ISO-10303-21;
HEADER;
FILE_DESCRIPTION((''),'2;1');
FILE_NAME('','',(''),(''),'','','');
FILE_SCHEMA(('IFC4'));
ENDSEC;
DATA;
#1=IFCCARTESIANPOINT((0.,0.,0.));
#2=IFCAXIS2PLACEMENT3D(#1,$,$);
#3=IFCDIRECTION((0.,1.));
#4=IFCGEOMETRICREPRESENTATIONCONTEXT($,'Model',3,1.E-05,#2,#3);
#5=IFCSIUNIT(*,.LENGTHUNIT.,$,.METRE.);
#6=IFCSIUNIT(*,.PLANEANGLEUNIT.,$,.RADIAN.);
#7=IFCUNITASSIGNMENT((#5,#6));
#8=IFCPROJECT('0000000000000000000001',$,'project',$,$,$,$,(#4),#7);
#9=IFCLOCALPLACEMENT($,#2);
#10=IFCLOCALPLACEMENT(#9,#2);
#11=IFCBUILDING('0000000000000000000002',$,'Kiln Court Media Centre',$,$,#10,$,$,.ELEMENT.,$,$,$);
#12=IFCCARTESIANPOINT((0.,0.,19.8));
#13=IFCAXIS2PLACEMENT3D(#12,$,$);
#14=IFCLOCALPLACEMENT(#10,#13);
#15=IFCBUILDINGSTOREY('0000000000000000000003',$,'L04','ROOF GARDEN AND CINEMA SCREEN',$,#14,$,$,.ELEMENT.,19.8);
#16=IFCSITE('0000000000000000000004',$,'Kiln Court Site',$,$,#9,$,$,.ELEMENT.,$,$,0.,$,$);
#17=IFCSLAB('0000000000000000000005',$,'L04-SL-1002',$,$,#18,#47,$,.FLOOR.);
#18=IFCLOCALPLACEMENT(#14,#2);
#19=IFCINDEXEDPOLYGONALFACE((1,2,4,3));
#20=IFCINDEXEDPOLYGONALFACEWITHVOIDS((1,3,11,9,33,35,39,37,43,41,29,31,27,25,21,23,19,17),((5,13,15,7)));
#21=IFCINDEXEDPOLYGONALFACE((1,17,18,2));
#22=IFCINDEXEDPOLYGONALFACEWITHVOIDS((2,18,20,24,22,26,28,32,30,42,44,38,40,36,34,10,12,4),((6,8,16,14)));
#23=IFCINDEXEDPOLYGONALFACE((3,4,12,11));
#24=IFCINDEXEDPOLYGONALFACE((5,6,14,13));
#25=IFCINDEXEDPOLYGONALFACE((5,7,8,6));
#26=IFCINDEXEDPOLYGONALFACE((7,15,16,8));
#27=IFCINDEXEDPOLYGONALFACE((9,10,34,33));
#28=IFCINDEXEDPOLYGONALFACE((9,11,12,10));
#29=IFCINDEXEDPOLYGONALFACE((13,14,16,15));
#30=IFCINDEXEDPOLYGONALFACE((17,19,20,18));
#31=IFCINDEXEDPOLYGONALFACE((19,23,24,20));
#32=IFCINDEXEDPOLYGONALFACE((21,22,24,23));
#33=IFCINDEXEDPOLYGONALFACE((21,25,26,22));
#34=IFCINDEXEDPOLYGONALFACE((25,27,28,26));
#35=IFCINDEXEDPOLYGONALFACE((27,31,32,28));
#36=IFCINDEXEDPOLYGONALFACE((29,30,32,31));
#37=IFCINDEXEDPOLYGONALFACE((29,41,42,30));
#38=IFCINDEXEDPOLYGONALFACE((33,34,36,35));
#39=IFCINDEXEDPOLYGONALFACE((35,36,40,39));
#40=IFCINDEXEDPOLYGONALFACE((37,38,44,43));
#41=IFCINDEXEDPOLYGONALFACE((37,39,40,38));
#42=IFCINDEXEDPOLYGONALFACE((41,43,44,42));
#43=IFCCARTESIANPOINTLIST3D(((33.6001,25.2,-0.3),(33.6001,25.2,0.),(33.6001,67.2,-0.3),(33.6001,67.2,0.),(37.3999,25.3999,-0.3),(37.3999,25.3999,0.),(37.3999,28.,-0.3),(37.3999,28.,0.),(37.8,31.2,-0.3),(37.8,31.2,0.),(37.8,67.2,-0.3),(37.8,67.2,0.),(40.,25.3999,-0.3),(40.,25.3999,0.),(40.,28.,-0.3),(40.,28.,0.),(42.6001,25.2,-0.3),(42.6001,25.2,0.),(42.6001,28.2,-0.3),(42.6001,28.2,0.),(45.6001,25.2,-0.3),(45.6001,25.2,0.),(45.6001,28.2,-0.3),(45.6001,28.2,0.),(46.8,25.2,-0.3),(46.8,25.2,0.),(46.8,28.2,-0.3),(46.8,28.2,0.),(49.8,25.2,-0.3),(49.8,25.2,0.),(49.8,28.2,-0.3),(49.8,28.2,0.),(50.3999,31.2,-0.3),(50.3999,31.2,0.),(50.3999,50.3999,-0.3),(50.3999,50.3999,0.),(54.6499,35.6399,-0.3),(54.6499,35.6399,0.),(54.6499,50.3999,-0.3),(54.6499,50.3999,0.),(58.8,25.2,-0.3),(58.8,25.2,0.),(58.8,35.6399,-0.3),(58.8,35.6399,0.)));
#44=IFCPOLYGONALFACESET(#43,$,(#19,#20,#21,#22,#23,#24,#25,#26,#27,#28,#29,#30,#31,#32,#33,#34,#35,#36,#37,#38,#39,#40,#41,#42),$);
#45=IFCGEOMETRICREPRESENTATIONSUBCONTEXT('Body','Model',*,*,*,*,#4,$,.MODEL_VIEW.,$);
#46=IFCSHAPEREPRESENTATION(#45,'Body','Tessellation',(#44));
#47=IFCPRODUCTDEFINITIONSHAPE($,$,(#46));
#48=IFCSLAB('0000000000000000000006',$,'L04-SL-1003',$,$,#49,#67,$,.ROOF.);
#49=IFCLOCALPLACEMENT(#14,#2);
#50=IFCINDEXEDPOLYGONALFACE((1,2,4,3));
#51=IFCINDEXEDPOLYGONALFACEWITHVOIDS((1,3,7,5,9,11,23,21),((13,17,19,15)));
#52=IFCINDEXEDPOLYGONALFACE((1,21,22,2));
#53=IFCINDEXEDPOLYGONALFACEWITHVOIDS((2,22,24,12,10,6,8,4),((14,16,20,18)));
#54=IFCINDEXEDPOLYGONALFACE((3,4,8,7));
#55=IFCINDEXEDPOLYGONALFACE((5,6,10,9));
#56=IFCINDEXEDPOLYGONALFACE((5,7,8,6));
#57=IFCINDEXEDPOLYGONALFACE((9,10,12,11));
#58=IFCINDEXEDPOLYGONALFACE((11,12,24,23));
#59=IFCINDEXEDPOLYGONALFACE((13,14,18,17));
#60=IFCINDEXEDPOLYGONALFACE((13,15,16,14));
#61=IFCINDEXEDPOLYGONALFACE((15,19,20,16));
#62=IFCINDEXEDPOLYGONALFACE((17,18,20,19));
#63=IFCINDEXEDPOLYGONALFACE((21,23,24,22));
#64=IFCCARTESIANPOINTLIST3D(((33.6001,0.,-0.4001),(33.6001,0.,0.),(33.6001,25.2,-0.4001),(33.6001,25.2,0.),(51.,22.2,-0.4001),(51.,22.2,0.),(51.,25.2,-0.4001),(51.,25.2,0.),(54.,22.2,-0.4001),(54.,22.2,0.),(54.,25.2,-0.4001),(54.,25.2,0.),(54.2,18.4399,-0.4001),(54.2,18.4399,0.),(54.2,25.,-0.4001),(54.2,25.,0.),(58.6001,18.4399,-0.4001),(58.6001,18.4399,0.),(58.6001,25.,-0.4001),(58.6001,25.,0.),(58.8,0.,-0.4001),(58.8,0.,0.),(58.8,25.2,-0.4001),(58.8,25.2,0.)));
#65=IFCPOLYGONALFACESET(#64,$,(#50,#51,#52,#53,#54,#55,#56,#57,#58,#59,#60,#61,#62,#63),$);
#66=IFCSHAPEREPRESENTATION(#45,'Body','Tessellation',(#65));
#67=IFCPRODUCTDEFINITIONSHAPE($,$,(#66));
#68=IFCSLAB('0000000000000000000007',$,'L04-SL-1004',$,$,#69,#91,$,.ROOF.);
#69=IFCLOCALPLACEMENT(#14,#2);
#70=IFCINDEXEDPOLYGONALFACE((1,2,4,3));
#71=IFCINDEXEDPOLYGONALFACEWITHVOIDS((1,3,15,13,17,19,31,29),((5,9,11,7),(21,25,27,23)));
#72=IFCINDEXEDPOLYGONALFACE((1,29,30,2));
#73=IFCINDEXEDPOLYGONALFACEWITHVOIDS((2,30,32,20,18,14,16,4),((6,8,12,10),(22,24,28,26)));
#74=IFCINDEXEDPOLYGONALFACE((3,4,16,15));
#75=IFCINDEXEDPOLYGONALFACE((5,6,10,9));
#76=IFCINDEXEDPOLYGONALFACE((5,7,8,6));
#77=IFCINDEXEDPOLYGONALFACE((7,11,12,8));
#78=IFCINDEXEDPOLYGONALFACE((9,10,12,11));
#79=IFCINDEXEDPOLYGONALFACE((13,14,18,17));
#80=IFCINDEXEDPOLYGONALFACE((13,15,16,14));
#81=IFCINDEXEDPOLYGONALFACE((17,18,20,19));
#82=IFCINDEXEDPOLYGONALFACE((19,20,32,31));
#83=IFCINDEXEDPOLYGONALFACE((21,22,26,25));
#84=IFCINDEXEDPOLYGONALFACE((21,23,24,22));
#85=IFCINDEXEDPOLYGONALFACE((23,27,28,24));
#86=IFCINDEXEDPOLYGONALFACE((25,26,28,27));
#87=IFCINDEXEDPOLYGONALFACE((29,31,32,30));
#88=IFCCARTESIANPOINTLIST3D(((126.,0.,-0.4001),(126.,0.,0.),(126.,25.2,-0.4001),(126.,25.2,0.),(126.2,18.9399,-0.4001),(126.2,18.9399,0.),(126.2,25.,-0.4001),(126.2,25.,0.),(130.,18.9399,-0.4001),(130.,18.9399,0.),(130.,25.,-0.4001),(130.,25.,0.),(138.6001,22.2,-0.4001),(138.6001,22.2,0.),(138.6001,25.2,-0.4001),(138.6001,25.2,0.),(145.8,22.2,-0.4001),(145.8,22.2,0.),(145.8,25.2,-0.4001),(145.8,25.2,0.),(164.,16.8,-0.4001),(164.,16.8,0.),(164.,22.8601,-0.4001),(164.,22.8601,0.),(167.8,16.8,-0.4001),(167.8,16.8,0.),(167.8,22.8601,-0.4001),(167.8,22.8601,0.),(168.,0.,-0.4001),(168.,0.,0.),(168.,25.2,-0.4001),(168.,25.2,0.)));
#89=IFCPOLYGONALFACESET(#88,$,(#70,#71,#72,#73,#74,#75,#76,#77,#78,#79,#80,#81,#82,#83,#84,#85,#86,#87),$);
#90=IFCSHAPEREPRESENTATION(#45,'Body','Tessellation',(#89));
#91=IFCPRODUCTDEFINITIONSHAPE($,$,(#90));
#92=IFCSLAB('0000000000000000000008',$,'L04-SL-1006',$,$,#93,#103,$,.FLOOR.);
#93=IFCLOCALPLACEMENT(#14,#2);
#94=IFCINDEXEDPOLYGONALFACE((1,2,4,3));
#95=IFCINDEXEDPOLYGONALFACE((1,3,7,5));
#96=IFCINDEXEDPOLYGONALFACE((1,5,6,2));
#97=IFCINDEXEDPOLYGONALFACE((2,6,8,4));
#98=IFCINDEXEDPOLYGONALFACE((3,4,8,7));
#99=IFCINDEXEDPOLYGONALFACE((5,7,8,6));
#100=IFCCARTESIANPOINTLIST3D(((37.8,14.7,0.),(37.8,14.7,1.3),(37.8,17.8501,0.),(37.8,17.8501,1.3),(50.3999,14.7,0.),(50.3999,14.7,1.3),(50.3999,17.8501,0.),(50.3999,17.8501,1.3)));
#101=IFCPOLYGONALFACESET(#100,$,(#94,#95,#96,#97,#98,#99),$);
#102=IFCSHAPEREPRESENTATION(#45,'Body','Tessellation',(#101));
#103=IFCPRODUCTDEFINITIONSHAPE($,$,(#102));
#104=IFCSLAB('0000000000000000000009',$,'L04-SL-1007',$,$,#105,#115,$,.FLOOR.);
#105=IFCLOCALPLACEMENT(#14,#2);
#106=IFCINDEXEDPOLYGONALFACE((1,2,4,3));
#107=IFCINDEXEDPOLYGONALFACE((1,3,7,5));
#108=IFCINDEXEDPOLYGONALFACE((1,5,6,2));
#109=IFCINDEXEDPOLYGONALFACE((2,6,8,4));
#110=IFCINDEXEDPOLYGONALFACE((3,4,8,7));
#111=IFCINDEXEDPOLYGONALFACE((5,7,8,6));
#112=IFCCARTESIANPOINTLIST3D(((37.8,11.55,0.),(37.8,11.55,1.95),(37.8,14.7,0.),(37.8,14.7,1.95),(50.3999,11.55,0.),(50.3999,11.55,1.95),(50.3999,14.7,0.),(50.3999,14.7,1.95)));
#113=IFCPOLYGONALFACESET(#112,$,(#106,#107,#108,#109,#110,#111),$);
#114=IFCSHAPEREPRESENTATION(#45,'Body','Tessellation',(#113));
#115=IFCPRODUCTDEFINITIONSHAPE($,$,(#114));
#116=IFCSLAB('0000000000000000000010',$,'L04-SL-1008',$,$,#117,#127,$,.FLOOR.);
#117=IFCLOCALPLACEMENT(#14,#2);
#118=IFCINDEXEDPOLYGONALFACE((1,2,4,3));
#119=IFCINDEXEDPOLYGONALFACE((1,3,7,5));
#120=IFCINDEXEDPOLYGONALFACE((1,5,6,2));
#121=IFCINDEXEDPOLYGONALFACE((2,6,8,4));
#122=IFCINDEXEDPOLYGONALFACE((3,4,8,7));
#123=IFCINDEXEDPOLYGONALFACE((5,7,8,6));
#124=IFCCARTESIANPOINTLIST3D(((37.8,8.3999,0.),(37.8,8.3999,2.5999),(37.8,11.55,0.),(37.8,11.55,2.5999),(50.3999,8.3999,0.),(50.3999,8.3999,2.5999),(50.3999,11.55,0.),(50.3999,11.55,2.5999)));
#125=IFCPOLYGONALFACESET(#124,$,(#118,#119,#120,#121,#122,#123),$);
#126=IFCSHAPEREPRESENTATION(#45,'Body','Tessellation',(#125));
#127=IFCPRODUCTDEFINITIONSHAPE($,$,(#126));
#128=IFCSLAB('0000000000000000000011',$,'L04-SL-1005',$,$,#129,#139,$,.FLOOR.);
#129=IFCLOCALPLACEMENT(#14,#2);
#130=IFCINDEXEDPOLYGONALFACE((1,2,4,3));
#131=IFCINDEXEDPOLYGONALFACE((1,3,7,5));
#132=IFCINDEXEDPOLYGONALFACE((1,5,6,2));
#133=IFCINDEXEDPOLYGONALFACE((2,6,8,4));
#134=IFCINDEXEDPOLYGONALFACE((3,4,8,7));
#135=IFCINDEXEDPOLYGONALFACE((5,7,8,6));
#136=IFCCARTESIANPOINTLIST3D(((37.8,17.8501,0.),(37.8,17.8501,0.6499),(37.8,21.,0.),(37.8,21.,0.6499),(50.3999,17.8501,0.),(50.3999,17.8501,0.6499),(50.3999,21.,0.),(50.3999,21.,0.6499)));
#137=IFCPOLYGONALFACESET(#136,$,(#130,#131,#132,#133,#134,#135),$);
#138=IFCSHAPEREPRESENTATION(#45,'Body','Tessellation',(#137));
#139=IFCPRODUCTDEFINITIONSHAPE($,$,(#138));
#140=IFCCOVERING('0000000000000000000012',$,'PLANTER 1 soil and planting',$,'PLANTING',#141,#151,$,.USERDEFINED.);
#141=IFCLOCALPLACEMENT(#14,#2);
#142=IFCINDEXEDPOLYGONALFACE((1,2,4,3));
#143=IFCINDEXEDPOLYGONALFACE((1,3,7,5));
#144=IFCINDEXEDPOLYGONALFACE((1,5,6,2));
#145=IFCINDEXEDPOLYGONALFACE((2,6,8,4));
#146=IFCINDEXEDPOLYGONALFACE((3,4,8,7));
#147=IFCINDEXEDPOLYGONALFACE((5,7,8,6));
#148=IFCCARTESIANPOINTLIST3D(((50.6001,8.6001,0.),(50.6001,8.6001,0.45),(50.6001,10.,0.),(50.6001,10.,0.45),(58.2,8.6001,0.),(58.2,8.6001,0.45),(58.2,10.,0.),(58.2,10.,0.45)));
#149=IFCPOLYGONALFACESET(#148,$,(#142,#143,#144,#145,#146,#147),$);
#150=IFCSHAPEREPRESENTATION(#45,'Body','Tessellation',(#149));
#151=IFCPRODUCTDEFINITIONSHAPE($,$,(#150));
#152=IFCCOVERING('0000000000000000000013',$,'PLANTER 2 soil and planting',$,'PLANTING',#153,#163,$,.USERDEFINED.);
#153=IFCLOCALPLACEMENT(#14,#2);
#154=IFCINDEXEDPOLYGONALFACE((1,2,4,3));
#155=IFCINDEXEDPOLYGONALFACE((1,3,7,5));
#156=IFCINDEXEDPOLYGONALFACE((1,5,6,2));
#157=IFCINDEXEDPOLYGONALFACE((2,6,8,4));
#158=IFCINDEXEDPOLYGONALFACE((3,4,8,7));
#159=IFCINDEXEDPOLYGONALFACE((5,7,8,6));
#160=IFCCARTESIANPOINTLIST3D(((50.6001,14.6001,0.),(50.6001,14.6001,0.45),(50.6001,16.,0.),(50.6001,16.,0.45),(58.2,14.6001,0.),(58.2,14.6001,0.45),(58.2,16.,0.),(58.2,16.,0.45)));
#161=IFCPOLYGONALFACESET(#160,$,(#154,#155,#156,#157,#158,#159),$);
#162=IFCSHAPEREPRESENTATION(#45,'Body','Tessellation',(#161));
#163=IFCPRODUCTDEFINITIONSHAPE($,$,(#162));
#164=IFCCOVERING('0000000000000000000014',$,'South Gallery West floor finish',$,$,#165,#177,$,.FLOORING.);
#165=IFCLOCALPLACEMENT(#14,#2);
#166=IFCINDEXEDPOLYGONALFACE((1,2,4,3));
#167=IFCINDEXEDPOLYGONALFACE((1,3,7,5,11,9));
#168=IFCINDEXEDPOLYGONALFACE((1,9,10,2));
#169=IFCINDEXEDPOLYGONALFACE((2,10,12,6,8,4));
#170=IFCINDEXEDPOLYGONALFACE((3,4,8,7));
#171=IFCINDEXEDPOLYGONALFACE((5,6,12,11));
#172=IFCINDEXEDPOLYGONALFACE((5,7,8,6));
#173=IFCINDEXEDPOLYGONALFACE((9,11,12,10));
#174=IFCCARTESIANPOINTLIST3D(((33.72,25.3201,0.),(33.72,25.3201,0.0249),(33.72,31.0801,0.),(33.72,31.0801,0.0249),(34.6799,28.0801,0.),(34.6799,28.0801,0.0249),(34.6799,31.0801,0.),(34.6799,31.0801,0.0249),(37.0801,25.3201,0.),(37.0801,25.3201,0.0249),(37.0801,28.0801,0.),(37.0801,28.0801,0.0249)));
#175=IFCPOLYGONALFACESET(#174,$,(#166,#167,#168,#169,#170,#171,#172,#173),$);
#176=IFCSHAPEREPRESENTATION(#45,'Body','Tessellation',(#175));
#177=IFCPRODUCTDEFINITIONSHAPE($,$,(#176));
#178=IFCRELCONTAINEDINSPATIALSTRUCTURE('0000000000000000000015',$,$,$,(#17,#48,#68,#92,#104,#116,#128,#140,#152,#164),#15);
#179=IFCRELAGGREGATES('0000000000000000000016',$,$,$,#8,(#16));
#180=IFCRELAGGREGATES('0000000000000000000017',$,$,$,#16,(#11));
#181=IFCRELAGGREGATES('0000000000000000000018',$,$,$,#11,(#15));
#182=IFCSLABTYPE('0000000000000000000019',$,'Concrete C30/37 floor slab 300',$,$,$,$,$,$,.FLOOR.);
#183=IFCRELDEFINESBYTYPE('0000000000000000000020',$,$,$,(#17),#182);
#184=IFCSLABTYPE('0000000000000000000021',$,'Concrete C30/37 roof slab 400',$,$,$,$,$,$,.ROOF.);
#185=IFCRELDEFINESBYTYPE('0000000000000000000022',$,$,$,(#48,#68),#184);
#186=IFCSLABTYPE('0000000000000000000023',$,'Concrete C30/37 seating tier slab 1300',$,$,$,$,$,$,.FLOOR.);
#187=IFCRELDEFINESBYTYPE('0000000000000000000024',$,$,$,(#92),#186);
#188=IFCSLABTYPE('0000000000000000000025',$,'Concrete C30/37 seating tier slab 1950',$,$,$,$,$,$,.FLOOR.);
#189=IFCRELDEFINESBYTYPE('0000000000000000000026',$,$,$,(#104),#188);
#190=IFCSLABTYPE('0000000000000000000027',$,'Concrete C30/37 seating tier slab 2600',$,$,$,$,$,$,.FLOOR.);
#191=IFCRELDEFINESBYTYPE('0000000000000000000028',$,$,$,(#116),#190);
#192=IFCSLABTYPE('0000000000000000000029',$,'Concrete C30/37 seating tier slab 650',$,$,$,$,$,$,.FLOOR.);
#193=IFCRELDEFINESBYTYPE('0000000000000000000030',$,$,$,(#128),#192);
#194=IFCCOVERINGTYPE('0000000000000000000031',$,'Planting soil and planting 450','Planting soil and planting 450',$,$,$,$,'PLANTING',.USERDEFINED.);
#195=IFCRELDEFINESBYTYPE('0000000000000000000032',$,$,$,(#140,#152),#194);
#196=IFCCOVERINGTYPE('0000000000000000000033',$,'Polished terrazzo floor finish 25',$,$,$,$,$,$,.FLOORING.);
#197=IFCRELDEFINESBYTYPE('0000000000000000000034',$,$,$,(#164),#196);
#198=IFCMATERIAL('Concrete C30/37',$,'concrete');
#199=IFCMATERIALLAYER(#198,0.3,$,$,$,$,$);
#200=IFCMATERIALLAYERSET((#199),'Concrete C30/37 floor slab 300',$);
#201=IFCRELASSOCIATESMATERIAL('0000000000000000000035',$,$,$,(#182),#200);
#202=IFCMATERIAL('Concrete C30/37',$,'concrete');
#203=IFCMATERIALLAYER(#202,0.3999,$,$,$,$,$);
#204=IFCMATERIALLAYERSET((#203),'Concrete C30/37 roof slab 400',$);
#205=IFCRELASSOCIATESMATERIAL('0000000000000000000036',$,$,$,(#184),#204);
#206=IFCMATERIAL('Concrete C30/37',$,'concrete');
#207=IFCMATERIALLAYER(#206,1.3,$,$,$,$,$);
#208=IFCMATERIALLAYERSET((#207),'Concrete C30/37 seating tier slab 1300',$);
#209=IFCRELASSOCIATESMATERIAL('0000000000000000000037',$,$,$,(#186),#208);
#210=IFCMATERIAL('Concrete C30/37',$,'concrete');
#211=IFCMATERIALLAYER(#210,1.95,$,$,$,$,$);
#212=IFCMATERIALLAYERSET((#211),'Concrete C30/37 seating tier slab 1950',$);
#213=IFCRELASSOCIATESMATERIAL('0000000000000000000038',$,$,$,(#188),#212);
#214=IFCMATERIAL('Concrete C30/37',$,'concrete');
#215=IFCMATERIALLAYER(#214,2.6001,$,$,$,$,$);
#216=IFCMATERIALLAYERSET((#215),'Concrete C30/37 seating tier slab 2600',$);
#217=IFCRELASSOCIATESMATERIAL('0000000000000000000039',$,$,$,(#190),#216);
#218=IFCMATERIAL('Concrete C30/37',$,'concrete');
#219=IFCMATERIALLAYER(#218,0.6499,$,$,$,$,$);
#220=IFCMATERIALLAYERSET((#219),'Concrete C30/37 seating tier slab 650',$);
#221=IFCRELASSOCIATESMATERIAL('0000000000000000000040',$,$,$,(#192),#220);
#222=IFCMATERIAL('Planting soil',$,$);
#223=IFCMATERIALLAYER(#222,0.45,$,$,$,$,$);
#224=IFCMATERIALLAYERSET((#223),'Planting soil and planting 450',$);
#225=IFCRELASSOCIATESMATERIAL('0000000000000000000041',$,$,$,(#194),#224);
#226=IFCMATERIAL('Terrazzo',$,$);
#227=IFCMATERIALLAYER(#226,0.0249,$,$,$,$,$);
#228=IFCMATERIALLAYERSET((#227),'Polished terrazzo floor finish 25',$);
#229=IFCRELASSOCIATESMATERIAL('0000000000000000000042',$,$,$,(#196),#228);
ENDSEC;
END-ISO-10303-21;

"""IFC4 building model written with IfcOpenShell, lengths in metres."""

from ifc_helpers import new_model, si_unit, direction, frame, origin, place, context, subcontext, project, spatial, polyline, outline, extrude, material, layer, layer_set, type_object, element, save


model = new_model("IFC4")

# Units and contexts
model_context = context("Model", 3, precision=1e-05, world=origin(), true_north=direction((0.0, 1.0)))
body_context = subcontext(model_context, "Body", "Model", "MODEL_VIEW")
ifc_project = project(units=[si_unit("LENGTHUNIT", "METRE"), si_unit("PLANEANGLEUNIT", "RADIAN")], contexts=[model_context])

# Site, building, storey
site_placement = place(None, origin())
site = spatial("IfcSite", under=ifc_project, at=site_placement, Name="Kiln Court Site", CompositionType="ELEMENT", RefElevation=0.0)
building_placement = place(site_placement, origin())
building = spatial("IfcBuilding", under=site, at=building_placement, Name="Kiln Court Media Centre", CompositionType="ELEMENT")
storey_placement = place(building_placement, frame((0.0, 0.0, 19.8)))
storey = spatial("IfcBuildingStorey", under=building, at=storey_placement, Name="L04", Description="ROOF GARDEN AND CINEMA SCREEN", CompositionType="ELEMENT", Elevation=19.8)

# Slabs
ifc_material_1 = material(Name="Concrete C30/37", Category="concrete")
ifc_layer_1 = layer(ifc_material_1, 0.3)
ifc_layer_set_1 = layer_set([ifc_layer_1], Name="Concrete C30/37 floor slab 300")
slab_type_1 = type_object("IfcSlabType", Name="Concrete C30/37 floor slab 300", PredefinedType="FLOOR", material=ifc_layer_set_1)
slab_1_placement = place(storey_placement, frame((0.0, 0.0, -0.3)))
element("IfcSlab", 1, at=slab_1_placement, inside=storey, type_object=slab_type_1, Name="L04-SL-1002", PredefinedType="FLOOR", context=body_context, shape_type="SweptSolid", body=[
    extrude(outline(polyline([(33.6001, 25.2), (33.6001, 67.2), (37.8, 67.2), (37.8, 31.2), (50.3999, 31.2), (50.3999, 50.3999), (54.6499, 50.3999), (54.6499, 35.6399), (58.8, 35.6399), (58.8, 25.2), (49.8, 25.2), (49.8, 28.2), (46.8, 28.2), (46.8, 25.2), (45.6001, 25.2), (45.6001, 28.2), (42.6001, 28.2), (42.6001, 25.2), (33.6001, 25.2)]), holes=[polyline([(37.3999, 25.3999), (40.0, 25.3999), (40.0, 28.0), (37.3999, 28.0), (37.3999, 25.3999)])]), origin(), (0.0, 0.0, 1.0), 0.3),
])
ifc_material_2 = material(Name="Concrete C30/37", Category="concrete")
ifc_layer_2 = layer(ifc_material_2, 0.3999)
ifc_layer_set_2 = layer_set([ifc_layer_2], Name="Concrete C30/37 roof slab 400")
slab_type_2 = type_object("IfcSlabType", Name="Concrete C30/37 roof slab 400", PredefinedType="ROOF", material=ifc_layer_set_2)
slab_2_placement = place(storey_placement, frame((0.0, 0.0, -0.4001)))
element("IfcSlab", 2, at=slab_2_placement, inside=storey, type_object=slab_type_2, Name="L04-SL-1003", PredefinedType="ROOF", context=body_context, shape_type="SweptSolid", body=[
    extrude(outline(polyline([(33.6001, 0.0), (33.6001, 25.2), (51.0, 25.2), (51.0, 22.2), (54.0, 22.2), (54.0, 25.2), (58.8, 25.2), (58.8, 0.0), (33.6001, 0.0)]), holes=[polyline([(54.2, 18.4399), (58.6001, 18.4399), (58.6001, 25.0), (54.2, 25.0), (54.2, 18.4399)])]), origin(), (0.0, 0.0, 1.0), 0.4001),
])
slab_3_placement = place(storey_placement, frame((0.0, 0.0, -0.4001)))
element("IfcSlab", 3, at=slab_3_placement, inside=storey, type_object=slab_type_2, Name="L04-SL-1004", PredefinedType="ROOF", context=body_context, shape_type="SweptSolid", body=[
    extrude(outline(polyline([(126.0, 0.0), (126.0, 25.2), (138.6001, 25.2), (138.6001, 22.2), (145.8, 22.2), (145.8, 25.2), (168.0, 25.2), (168.0, 0.0), (126.0, 0.0)]), holes=[polyline([(164.0, 16.8), (167.8, 16.8), (167.8, 22.8601), (164.0, 22.8601), (164.0, 16.8)]), polyline([(126.2, 18.9399), (130.0, 18.9399), (130.0, 25.0), (126.2, 25.0), (126.2, 18.9399)])]), origin(), (0.0, 0.0, 1.0), 0.4001),
])
ifc_material_3 = material(Name="Concrete C30/37", Category="concrete")
ifc_layer_3 = layer(ifc_material_3, 1.3)
ifc_layer_set_3 = layer_set([ifc_layer_3], Name="Concrete C30/37 seating tier slab 1300")
slab_type_3 = type_object("IfcSlabType", Name="Concrete C30/37 seating tier slab 1300", PredefinedType="FLOOR", material=ifc_layer_set_3)
slab_4_placement = place(storey_placement, origin())
element("IfcSlab", 4, at=slab_4_placement, inside=storey, type_object=slab_type_3, Name="L04-SL-1006", PredefinedType="FLOOR", context=body_context, shape_type="SweptSolid", body=[
    extrude(outline(polyline([(37.8, 14.7), (37.8, 17.8501), (50.3999, 17.8501), (50.3999, 14.7), (37.8, 14.7)])), origin(), (0.0, 0.0, 1.0), 1.3),
])
ifc_material_4 = material(Name="Concrete C30/37", Category="concrete")
ifc_layer_4 = layer(ifc_material_4, 1.95)
ifc_layer_set_4 = layer_set([ifc_layer_4], Name="Concrete C30/37 seating tier slab 1950")
slab_type_4 = type_object("IfcSlabType", Name="Concrete C30/37 seating tier slab 1950", PredefinedType="FLOOR", material=ifc_layer_set_4)
slab_5_placement = place(storey_placement, origin())
element("IfcSlab", 5, at=slab_5_placement, inside=storey, type_object=slab_type_4, Name="L04-SL-1007", PredefinedType="FLOOR", context=body_context, shape_type="SweptSolid", body=[
    extrude(outline(polyline([(37.8, 11.55), (37.8, 14.7), (50.3999, 14.7), (50.3999, 11.55), (37.8, 11.55)])), origin(), (0.0, 0.0, 1.0), 1.95),
])
ifc_material_5 = material(Name="Concrete C30/37", Category="concrete")
ifc_layer_5 = layer(ifc_material_5, 2.6001)
ifc_layer_set_5 = layer_set([ifc_layer_5], Name="Concrete C30/37 seating tier slab 2600")
slab_type_5 = type_object("IfcSlabType", Name="Concrete C30/37 seating tier slab 2600", PredefinedType="FLOOR", material=ifc_layer_set_5)
slab_6_placement = place(storey_placement, origin())
element("IfcSlab", 6, at=slab_6_placement, inside=storey, type_object=slab_type_5, Name="L04-SL-1008", PredefinedType="FLOOR", context=body_context, shape_type="SweptSolid", body=[
    extrude(outline(polyline([(37.8, 8.3999), (37.8, 11.55), (50.3999, 11.55), (50.3999, 8.3999), (37.8, 8.3999)])), origin(), (0.0, 0.0, 1.0), 2.5999),
])
ifc_material_6 = material(Name="Concrete C30/37", Category="concrete")
ifc_layer_6 = layer(ifc_material_6, 0.6499)
ifc_layer_set_6 = layer_set([ifc_layer_6], Name="Concrete C30/37 seating tier slab 650")
slab_type_6 = type_object("IfcSlabType", Name="Concrete C30/37 seating tier slab 650", PredefinedType="FLOOR", material=ifc_layer_set_6)
slab_7_placement = place(storey_placement, origin())
element("IfcSlab", 7, at=slab_7_placement, inside=storey, type_object=slab_type_6, Name="L04-SL-1005", PredefinedType="FLOOR", context=body_context, shape_type="SweptSolid", body=[
    extrude(outline(polyline([(37.8, 17.8501), (37.8, 21.0), (50.3999, 21.0), (50.3999, 17.8501), (37.8, 17.8501)])), origin(), (0.0, 0.0, 1.0), 0.6499),
])

# Coverings
ifc_material_7 = material(Name="Planting soil")
ifc_layer_7 = layer(ifc_material_7, 0.45)
ifc_layer_set_7 = layer_set([ifc_layer_7], Name="Planting soil and planting 450")
covering_type_1 = type_object("IfcCoveringType", Name="Planting soil and planting 450", Description="Planting soil and planting 450", ElementType="PLANTING", PredefinedType="USERDEFINED", material=ifc_layer_set_7)
covering_1_placement = place(storey_placement, origin())
element("IfcCovering", 8, at=covering_1_placement, inside=storey, type_object=covering_type_1, Name="PLANTER 1 soil and planting", ObjectType="PLANTING", PredefinedType="USERDEFINED", context=body_context, shape_type="SweptSolid", body=[
    extrude(outline(polyline([(50.6001, 8.6001), (58.2, 8.6001), (58.2, 10.0), (50.6001, 10.0), (50.6001, 8.6001)])), origin(), (0.0, 0.0, 1.0), 0.45),
])
covering_2_placement = place(storey_placement, origin())
element("IfcCovering", 9, at=covering_2_placement, inside=storey, type_object=covering_type_1, Name="PLANTER 2 soil and planting", ObjectType="PLANTING", PredefinedType="USERDEFINED", context=body_context, shape_type="SweptSolid", body=[
    extrude(outline(polyline([(50.6001, 14.6001), (58.2, 14.6001), (58.2, 16.0), (50.6001, 16.0), (50.6001, 14.6001)])), origin(), (0.0, 0.0, 1.0), 0.45),
])
ifc_material_8 = material(Name="Terrazzo")
ifc_layer_8 = layer(ifc_material_8, 0.0249)
ifc_layer_set_8 = layer_set([ifc_layer_8], Name="Polished terrazzo floor finish 25")
covering_type_2 = type_object("IfcCoveringType", Name="Polished terrazzo floor finish 25", PredefinedType="FLOORING", material=ifc_layer_set_8)
covering_3_placement = place(storey_placement, origin())
element("IfcCovering", 10, at=covering_3_placement, inside=storey, type_object=covering_type_2, Name="South Gallery West floor finish", PredefinedType="FLOORING", context=body_context, shape_type="SweptSolid", body=[
    extrude(outline(polyline([(37.0801, 25.3201), (37.0801, 28.0801), (34.6799, 28.0801), (34.6799, 31.0801), (33.72, 31.0801), (33.72, 25.3201), (37.0801, 25.3201)])), origin(), (0.0, 0.0, 1.0), 0.0249),
])

save(model, "model.ifc")
